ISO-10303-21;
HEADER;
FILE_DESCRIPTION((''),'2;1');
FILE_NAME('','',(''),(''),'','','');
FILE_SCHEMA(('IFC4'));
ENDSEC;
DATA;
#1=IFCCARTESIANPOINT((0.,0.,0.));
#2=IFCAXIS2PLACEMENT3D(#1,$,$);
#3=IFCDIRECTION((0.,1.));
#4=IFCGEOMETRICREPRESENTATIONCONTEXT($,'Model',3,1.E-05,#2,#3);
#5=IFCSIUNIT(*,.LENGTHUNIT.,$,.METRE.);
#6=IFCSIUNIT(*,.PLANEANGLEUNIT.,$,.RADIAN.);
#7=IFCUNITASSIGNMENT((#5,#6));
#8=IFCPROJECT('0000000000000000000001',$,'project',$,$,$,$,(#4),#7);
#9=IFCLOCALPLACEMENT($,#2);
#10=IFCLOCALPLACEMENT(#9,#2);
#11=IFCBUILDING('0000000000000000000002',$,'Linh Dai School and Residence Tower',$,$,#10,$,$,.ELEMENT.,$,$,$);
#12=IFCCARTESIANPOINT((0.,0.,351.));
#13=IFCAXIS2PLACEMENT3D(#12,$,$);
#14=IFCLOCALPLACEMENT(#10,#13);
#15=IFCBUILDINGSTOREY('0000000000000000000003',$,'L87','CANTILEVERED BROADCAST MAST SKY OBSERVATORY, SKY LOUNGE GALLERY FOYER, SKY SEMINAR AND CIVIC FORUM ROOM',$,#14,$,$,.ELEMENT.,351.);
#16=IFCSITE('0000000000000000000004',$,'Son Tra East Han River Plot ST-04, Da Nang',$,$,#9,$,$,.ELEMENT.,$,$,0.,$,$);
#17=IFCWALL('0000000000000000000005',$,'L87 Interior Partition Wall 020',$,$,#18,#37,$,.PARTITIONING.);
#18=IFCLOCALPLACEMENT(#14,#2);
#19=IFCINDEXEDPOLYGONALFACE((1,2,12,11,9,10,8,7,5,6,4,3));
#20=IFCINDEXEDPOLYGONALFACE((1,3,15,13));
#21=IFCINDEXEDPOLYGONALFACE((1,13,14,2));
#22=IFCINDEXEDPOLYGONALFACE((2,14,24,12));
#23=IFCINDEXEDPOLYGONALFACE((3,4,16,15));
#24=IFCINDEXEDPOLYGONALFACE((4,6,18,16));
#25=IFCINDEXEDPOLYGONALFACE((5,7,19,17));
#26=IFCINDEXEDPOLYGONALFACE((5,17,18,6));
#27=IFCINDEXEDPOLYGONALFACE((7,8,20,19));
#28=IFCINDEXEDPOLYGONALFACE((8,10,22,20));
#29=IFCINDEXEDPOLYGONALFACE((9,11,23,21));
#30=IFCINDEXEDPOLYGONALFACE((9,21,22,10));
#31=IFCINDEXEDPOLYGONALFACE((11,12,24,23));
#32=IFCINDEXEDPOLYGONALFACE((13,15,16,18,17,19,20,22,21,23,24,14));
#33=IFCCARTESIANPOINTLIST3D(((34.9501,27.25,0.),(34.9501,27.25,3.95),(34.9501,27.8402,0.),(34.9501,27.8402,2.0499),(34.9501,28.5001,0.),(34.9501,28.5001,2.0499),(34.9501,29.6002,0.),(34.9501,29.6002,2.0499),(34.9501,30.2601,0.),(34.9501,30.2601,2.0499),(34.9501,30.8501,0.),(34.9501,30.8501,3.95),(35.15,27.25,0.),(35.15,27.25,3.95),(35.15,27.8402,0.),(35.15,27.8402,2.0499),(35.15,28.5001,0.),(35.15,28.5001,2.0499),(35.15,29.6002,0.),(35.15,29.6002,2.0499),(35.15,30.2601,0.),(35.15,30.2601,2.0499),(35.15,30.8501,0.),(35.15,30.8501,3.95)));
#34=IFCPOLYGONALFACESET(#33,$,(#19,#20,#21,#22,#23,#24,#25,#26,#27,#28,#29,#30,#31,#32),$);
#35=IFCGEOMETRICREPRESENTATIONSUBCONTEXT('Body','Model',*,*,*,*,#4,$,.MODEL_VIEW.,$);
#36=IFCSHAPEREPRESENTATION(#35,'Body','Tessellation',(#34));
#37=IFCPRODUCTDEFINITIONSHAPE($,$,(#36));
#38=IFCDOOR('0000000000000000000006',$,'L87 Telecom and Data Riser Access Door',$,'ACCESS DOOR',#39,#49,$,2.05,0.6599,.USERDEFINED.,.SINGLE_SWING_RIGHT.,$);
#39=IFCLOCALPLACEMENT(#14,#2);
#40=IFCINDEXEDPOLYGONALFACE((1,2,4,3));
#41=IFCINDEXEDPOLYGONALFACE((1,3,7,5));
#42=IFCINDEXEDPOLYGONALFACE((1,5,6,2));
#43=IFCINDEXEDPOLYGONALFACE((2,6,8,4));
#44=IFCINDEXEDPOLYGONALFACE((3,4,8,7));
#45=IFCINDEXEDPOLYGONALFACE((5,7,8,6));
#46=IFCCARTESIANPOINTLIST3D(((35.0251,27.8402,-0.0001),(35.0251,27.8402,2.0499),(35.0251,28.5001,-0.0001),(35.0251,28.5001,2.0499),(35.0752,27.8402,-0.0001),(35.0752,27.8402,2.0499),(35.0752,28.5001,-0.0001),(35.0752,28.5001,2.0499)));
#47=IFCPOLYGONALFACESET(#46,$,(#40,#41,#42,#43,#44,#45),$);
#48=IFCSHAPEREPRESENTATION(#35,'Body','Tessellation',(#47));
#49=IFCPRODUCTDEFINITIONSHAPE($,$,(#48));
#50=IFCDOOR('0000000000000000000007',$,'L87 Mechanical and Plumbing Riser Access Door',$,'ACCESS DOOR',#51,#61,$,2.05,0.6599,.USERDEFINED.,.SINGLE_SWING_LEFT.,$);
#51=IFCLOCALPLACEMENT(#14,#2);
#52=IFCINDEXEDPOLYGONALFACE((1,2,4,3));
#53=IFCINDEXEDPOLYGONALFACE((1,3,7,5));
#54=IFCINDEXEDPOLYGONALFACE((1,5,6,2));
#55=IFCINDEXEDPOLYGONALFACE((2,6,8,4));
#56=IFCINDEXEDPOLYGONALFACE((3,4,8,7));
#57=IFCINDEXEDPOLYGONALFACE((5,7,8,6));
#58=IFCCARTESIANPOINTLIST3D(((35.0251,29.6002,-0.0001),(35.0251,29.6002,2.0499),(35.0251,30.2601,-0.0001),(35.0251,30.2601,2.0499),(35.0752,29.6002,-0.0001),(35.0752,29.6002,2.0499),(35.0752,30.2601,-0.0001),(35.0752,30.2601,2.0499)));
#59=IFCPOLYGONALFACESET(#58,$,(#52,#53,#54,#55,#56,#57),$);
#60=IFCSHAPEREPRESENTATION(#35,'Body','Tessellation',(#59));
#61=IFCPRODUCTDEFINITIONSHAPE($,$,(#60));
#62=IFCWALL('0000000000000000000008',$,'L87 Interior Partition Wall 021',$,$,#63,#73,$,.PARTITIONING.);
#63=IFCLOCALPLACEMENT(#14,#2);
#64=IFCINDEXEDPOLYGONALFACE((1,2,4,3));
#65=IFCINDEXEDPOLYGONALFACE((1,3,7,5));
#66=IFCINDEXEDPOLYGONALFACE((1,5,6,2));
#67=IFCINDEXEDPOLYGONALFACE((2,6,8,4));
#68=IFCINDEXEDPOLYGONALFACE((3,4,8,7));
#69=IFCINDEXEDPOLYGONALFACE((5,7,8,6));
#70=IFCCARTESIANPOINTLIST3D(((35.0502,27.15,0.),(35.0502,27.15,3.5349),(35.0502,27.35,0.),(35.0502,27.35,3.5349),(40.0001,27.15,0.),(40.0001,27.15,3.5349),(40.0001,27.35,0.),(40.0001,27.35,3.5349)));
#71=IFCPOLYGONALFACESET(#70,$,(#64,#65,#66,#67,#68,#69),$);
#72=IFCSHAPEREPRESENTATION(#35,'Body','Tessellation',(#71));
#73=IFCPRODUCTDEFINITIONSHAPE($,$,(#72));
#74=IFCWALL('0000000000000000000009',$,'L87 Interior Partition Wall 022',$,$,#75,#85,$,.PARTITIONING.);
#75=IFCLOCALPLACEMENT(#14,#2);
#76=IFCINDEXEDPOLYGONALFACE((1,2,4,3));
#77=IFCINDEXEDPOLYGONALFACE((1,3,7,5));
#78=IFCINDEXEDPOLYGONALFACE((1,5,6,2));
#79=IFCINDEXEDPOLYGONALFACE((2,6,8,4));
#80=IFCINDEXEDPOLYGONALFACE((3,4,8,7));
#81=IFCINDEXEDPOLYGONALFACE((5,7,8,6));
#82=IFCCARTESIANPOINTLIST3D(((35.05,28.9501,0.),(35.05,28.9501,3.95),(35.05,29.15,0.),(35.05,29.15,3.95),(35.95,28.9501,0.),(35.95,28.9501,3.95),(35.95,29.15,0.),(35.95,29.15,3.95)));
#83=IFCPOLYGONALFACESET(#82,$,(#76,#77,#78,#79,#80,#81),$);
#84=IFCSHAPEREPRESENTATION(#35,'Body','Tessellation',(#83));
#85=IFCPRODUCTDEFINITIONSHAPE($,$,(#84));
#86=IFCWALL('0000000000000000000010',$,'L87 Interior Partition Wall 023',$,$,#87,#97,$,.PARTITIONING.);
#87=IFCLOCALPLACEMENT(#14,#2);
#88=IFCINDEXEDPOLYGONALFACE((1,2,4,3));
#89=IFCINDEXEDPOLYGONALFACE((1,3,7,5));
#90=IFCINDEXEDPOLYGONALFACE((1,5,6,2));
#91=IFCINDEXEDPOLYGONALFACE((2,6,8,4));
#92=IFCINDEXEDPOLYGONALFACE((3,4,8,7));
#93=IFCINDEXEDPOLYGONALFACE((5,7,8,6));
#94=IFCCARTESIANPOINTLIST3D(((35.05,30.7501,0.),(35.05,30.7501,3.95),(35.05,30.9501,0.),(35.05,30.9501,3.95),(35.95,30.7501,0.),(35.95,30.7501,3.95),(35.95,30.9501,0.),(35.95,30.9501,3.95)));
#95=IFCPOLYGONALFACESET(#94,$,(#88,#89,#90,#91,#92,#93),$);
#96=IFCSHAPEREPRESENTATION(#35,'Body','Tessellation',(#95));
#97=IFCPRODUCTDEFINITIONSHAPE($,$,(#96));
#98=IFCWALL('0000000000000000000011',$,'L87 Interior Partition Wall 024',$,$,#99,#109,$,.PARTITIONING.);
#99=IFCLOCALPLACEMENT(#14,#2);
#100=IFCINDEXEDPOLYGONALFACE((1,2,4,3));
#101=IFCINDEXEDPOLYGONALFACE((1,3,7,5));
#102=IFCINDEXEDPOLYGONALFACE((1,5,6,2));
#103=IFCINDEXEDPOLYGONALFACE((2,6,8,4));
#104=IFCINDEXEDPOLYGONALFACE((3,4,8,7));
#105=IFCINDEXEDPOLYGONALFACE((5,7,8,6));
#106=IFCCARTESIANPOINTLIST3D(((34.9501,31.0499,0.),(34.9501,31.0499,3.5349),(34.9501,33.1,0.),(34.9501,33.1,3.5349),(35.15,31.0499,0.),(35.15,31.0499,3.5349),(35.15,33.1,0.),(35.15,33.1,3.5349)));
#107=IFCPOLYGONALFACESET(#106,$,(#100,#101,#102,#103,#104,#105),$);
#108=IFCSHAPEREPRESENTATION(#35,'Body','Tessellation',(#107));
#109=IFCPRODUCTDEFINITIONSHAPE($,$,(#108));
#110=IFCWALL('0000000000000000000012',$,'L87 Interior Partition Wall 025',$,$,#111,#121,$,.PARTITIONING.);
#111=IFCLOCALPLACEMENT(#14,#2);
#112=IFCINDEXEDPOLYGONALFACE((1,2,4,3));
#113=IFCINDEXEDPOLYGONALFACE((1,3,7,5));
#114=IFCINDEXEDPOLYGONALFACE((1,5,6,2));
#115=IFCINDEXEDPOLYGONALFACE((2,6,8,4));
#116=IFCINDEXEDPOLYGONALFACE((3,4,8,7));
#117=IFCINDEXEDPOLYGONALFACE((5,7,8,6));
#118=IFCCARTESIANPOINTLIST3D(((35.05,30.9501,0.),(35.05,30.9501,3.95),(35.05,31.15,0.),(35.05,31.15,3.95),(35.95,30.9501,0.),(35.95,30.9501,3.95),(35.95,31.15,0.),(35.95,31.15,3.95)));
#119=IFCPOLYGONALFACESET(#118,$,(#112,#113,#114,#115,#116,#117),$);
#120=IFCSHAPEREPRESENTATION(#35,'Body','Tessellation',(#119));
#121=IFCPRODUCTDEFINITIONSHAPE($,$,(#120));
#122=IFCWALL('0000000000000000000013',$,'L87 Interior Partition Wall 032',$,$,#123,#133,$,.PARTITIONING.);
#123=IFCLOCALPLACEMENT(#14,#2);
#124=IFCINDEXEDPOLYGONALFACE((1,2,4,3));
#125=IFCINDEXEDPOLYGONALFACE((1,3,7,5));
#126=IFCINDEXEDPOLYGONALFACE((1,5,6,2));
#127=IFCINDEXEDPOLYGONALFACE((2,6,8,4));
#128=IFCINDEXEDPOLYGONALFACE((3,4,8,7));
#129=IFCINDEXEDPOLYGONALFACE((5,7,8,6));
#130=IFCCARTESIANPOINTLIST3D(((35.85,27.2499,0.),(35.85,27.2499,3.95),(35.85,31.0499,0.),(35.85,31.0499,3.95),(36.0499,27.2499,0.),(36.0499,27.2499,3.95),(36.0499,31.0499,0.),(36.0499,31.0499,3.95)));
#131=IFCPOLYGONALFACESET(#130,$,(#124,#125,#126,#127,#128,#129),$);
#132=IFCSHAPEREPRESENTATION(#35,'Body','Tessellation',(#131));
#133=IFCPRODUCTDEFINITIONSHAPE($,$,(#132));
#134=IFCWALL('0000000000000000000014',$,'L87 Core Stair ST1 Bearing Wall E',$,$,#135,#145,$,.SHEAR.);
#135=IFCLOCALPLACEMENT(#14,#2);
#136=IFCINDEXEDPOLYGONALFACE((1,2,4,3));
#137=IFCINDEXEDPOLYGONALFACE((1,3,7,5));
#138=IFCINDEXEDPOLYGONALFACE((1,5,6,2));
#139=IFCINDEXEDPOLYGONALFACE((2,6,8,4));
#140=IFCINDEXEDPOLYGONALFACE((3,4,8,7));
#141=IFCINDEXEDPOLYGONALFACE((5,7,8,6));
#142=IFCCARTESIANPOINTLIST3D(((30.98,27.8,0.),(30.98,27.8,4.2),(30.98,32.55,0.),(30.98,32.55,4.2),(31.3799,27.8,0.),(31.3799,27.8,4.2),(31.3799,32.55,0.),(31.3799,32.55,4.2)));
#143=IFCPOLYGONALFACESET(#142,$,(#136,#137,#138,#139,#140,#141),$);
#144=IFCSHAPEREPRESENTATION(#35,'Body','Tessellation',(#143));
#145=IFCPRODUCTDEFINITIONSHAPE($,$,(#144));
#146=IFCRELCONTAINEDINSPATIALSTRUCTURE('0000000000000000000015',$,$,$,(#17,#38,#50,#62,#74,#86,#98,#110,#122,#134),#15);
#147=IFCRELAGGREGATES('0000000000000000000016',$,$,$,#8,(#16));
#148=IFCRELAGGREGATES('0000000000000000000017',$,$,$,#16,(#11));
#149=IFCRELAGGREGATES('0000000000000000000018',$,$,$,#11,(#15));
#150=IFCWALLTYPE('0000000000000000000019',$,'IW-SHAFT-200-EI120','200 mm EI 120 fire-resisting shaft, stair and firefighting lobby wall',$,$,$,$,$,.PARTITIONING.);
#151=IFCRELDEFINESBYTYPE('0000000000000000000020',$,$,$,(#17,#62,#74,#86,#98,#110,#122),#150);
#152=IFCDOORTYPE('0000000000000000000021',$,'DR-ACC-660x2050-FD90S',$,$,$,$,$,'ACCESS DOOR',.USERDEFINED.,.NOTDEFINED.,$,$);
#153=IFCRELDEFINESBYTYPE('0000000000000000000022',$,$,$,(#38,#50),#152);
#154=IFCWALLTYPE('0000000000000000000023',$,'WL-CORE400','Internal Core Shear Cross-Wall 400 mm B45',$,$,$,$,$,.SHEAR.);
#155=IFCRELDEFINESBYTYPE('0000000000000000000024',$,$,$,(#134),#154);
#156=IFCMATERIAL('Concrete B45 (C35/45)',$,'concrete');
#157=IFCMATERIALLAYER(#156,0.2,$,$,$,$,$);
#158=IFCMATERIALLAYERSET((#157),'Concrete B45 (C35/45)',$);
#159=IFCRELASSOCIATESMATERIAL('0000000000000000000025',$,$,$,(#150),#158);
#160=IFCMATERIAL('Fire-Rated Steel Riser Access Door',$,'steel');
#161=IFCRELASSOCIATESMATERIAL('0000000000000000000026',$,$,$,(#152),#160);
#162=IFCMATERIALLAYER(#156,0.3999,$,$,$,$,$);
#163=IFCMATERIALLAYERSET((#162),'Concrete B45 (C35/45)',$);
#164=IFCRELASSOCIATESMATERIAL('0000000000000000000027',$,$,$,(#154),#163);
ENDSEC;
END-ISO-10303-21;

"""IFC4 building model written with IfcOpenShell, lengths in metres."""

from ifc_helpers import new_model, si_unit, direction, frame, frame_2d, origin, origin_2d, place, context, subcontext, project, spatial, rectangle, extrude, source, transform, mapped, material, layer, layer_set, type_object, element, fill, save


model = new_model("IFC4")

# Units and contexts
model_context = context("Model", 3, precision=1e-05, world=origin(), true_north=direction((0.0, 1.0)))
body_context = subcontext(model_context, "Body", "Model", "MODEL_VIEW")
ifc_project = project(units=[si_unit("LENGTHUNIT", "METRE"), si_unit("PLANEANGLEUNIT", "RADIAN")], contexts=[model_context])

# Site, building, storey
site_placement = place(None, origin())
site = spatial("IfcSite", under=ifc_project, at=site_placement, Name="Son Tra East Han River Plot ST-04, Da Nang", CompositionType="ELEMENT", RefElevation=0.0)
building_placement = place(site_placement, origin())
building = spatial("IfcBuilding", under=site, at=building_placement, Name="Linh Dai School and Residence Tower", CompositionType="ELEMENT")
storey_placement = place(building_placement, frame((0.0, 0.0, 351.0)))
storey = spatial("IfcBuildingStorey", under=building, at=storey_placement, Name="L87", Description="CANTILEVERED BROADCAST MAST SKY OBSERVATORY, SKY LOUNGE GALLERY FOYER, SKY SEMINAR AND CIVIC FORUM ROOM", CompositionType="ELEMENT", Elevation=351.0)

# Shared definitions
ifc_material_1 = material(Name="Concrete B45 (C35/45)", Category="concrete")
ifc_layer_1 = layer(ifc_material_1, 0.2)
ifc_layer_set_1 = layer_set([ifc_layer_1], Name="Concrete B45 (C35/45)")
wall_type_1 = type_object("IfcWallType", Name="IW-SHAFT-200-EI120", Description="200 mm EI 120 fire-resisting shaft, stair and firefighting lobby wall", PredefinedType="PARTITIONING", material=ifc_layer_set_1)
ifc_material_2 = material(Name="Fire-Rated Steel Riser Access Door", Category="steel")
door_type_1 = type_object("IfcDoorType", Name="DR-ACC-660x2050-FD90S", ElementType="ACCESS DOOR", OperationType="NOTDEFINED", PredefinedType="USERDEFINED", material=ifc_material_2)
shared_shape_1 = source(origin(), body_context, "Body", "SweptSolid", [
    extrude(rectangle(XDim=0.6599, YDim=2.05, at=origin_2d()), frame((0.3301, 0.0249, 1.0249), z_axis=(0.0, -1.0, 0.0), x_axis=(1.0, 0.0, 0.0)), (0.0, 0.0, 1.0), 0.05),
])

# Wall, openings, doors
wall_1_placement = place(storey_placement, frame((35.05, 27.25, 0.0), z_axis=(0.0, 0.0, 1.0), x_axis=(0.0, 1.0, 0.0)))
wall_1 = element("IfcWall", 1, at=wall_1_placement, inside=storey, type_object=wall_type_1, Name="L87 Interior Partition Wall 020", PredefinedType="PARTITIONING", context=body_context, shape_type="SweptSolid", body=[
    extrude(rectangle(XDim=3.6001, YDim=0.2, at=frame_2d((1.8, 0.0))), origin(), (0.0, 0.0, 1.0), 3.95),
])
opening_1_placement = place(wall_1_placement, frame((0.5901, 0.0, 0.0)))
opening_1 = element("IfcOpeningElement", 2, at=opening_1_placement, cuts=wall_1, PredefinedType="OPENING", context=body_context, shape_type="SweptSolid", body=[
    extrude(rectangle(XDim=0.6599, YDim=2.05, at=origin_2d()), frame((0.3301, 0.1099, 1.0249), z_axis=(0.0, -1.0, 0.0), x_axis=(1.0, 0.0, 0.0)), (0.0, 0.0, 1.0), 0.22),
])
opening_2_placement = place(wall_1_placement, frame((2.3501, 0.0, 0.0)))
opening_2 = element("IfcOpeningElement", 3, at=opening_2_placement, cuts=wall_1, PredefinedType="OPENING", context=body_context, shape_type="SweptSolid", body=[
    extrude(rectangle(XDim=0.6599, YDim=2.05, at=origin_2d()), frame((0.3301, 0.1099, 1.0249), z_axis=(0.0, -1.0, 0.0), x_axis=(1.0, 0.0, 0.0)), (0.0, 0.0, 1.0), 0.22),
])
door_1_placement = place(opening_1_placement, origin())
door_1 = element("IfcDoor", 4, at=door_1_placement, inside=storey, type_object=door_type_1, Name="L87 Telecom and Data Riser Access Door", ObjectType="ACCESS DOOR", OperationType="SINGLE_SWING_RIGHT", OverallHeight=2.05, OverallWidth=0.6599, PredefinedType="USERDEFINED", context=body_context, shape_type="MappedRepresentation", body=[
    mapped(shared_shape_1, transform((0.0, 0.0, 0.0), x_axis=(1.0, 0.0, 0.0), y_axis=(0.0, 1.0, 0.0), z_axis=(0.0, 0.0, 1.0), scale=1.0)),
])
fill(opening_1, door_1)
door_2_placement = place(opening_2_placement, origin())
door_2 = element("IfcDoor", 5, at=door_2_placement, inside=storey, type_object=door_type_1, Name="L87 Mechanical and Plumbing Riser Access Door", ObjectType="ACCESS DOOR", OperationType="SINGLE_SWING_LEFT", OverallHeight=2.05, OverallWidth=0.6599, PredefinedType="USERDEFINED", context=body_context, shape_type="MappedRepresentation", body=[
    mapped(shared_shape_1, transform((0.0, 0.0, 0.0), x_axis=(1.0, 0.0, 0.0), y_axis=(0.0, 1.0, 0.0), z_axis=(0.0, 0.0, 1.0), scale=1.0)),
])
fill(opening_2, door_2)

# Walls
wall_2_placement = place(storey_placement, frame((35.05, 27.25, 0.0), z_axis=(0.0, 0.0, 1.0), x_axis=(1.0, 0.0, 0.0)))
element("IfcWall", 6, at=wall_2_placement, inside=storey, type_object=wall_type_1, Name="L87 Interior Partition Wall 021", PredefinedType="PARTITIONING", context=body_context, shape_type="SweptSolid", body=[
    extrude(rectangle(XDim=4.95, YDim=0.2, at=frame_2d((2.4751, 0.0))), origin(), (0.0, 0.0, 1.0), 3.5349),
])
for number, where, z_axis, x_axis, name in (
    (7, (35.05, 29.05, 0.0), (0.0, 0.0, 1.0), (1.0, 0.0, 0.0), "L87 Interior Partition Wall 022"),
    (8, (35.05, 30.8501, 0.0), (0.0, 0.0, 1.0), (1.0, 0.0, 0.0), "L87 Interior Partition Wall 023"),
):
    element("IfcWall", number, at=place(storey_placement, frame(where, z_axis=z_axis, x_axis=x_axis)), inside=storey, type_object=wall_type_1, Name=name, PredefinedType="PARTITIONING", context=body_context, shape_type="SweptSolid", body=[
        extrude(rectangle(XDim=0.8999, YDim=0.2, at=frame_2d((0.45, 0.0))), origin(), (0.0, 0.0, 1.0), 3.95),
    ])
wall_3_placement = place(storey_placement, frame((35.05, 31.05, 0.0), z_axis=(0.0, 0.0, 1.0), x_axis=(0.0, 1.0, 0.0)))
element("IfcWall", 9, at=wall_3_placement, inside=storey, type_object=wall_type_1, Name="L87 Interior Partition Wall 024", PredefinedType="PARTITIONING", context=body_context, shape_type="SweptSolid", body=[
    extrude(rectangle(XDim=2.05, YDim=0.2, at=frame_2d((1.0249, 0.0))), origin(), (0.0, 0.0, 1.0), 3.5349),
])
wall_4_placement = place(storey_placement, frame((35.05, 31.05, 0.0), z_axis=(0.0, 0.0, 1.0), x_axis=(1.0, 0.0, 0.0)))
element("IfcWall", 10, at=wall_4_placement, inside=storey, type_object=wall_type_1, Name="L87 Interior Partition Wall 025", PredefinedType="PARTITIONING", context=body_context, shape_type="SweptSolid", body=[
    extrude(rectangle(XDim=0.8999, YDim=0.2, at=frame_2d((0.45, 0.0))), origin(), (0.0, 0.0, 1.0), 3.95),
])
wall_5_placement = place(storey_placement, frame((35.95, 27.25, 0.0), z_axis=(0.0, 0.0, 1.0), x_axis=(0.0, 1.0, 0.0)))
element("IfcWall", 11, at=wall_5_placement, inside=storey, type_object=wall_type_1, Name="L87 Interior Partition Wall 032", PredefinedType="PARTITIONING", context=body_context, shape_type="SweptSolid", body=[
    extrude(rectangle(XDim=3.8, YDim=0.2, at=frame_2d((1.8999, 0.0))), origin(), (0.0, 0.0, 1.0), 3.95),
])

# Wall
ifc_layer_2 = layer(ifc_material_1, 0.3999)
ifc_layer_set_2 = layer_set([ifc_layer_2], Name="Concrete B45 (C35/45)")
wall_type_2 = type_object("IfcWallType", Name="WL-CORE400", Description="Internal Core Shear Cross-Wall 400 mm B45", PredefinedType="SHEAR", material=ifc_layer_set_2)
wall_6_placement = place(storey_placement, frame((31.1799, 27.8, 0.0), z_axis=(0.0, 0.0, 1.0), x_axis=(0.0, 1.0, 0.0)))
element("IfcWall", 12, at=wall_6_placement, inside=storey, type_object=wall_type_2, Name="L87 Core Stair ST1 Bearing Wall E", PredefinedType="SHEAR", context=body_context, shape_type="SweptSolid", body=[
    extrude(rectangle(XDim=4.75, YDim=0.3999, at=frame_2d((2.375, 0.0))), origin(), (0.0, 0.0, 1.0), 4.2),
])

save(model, "model.ifc")
